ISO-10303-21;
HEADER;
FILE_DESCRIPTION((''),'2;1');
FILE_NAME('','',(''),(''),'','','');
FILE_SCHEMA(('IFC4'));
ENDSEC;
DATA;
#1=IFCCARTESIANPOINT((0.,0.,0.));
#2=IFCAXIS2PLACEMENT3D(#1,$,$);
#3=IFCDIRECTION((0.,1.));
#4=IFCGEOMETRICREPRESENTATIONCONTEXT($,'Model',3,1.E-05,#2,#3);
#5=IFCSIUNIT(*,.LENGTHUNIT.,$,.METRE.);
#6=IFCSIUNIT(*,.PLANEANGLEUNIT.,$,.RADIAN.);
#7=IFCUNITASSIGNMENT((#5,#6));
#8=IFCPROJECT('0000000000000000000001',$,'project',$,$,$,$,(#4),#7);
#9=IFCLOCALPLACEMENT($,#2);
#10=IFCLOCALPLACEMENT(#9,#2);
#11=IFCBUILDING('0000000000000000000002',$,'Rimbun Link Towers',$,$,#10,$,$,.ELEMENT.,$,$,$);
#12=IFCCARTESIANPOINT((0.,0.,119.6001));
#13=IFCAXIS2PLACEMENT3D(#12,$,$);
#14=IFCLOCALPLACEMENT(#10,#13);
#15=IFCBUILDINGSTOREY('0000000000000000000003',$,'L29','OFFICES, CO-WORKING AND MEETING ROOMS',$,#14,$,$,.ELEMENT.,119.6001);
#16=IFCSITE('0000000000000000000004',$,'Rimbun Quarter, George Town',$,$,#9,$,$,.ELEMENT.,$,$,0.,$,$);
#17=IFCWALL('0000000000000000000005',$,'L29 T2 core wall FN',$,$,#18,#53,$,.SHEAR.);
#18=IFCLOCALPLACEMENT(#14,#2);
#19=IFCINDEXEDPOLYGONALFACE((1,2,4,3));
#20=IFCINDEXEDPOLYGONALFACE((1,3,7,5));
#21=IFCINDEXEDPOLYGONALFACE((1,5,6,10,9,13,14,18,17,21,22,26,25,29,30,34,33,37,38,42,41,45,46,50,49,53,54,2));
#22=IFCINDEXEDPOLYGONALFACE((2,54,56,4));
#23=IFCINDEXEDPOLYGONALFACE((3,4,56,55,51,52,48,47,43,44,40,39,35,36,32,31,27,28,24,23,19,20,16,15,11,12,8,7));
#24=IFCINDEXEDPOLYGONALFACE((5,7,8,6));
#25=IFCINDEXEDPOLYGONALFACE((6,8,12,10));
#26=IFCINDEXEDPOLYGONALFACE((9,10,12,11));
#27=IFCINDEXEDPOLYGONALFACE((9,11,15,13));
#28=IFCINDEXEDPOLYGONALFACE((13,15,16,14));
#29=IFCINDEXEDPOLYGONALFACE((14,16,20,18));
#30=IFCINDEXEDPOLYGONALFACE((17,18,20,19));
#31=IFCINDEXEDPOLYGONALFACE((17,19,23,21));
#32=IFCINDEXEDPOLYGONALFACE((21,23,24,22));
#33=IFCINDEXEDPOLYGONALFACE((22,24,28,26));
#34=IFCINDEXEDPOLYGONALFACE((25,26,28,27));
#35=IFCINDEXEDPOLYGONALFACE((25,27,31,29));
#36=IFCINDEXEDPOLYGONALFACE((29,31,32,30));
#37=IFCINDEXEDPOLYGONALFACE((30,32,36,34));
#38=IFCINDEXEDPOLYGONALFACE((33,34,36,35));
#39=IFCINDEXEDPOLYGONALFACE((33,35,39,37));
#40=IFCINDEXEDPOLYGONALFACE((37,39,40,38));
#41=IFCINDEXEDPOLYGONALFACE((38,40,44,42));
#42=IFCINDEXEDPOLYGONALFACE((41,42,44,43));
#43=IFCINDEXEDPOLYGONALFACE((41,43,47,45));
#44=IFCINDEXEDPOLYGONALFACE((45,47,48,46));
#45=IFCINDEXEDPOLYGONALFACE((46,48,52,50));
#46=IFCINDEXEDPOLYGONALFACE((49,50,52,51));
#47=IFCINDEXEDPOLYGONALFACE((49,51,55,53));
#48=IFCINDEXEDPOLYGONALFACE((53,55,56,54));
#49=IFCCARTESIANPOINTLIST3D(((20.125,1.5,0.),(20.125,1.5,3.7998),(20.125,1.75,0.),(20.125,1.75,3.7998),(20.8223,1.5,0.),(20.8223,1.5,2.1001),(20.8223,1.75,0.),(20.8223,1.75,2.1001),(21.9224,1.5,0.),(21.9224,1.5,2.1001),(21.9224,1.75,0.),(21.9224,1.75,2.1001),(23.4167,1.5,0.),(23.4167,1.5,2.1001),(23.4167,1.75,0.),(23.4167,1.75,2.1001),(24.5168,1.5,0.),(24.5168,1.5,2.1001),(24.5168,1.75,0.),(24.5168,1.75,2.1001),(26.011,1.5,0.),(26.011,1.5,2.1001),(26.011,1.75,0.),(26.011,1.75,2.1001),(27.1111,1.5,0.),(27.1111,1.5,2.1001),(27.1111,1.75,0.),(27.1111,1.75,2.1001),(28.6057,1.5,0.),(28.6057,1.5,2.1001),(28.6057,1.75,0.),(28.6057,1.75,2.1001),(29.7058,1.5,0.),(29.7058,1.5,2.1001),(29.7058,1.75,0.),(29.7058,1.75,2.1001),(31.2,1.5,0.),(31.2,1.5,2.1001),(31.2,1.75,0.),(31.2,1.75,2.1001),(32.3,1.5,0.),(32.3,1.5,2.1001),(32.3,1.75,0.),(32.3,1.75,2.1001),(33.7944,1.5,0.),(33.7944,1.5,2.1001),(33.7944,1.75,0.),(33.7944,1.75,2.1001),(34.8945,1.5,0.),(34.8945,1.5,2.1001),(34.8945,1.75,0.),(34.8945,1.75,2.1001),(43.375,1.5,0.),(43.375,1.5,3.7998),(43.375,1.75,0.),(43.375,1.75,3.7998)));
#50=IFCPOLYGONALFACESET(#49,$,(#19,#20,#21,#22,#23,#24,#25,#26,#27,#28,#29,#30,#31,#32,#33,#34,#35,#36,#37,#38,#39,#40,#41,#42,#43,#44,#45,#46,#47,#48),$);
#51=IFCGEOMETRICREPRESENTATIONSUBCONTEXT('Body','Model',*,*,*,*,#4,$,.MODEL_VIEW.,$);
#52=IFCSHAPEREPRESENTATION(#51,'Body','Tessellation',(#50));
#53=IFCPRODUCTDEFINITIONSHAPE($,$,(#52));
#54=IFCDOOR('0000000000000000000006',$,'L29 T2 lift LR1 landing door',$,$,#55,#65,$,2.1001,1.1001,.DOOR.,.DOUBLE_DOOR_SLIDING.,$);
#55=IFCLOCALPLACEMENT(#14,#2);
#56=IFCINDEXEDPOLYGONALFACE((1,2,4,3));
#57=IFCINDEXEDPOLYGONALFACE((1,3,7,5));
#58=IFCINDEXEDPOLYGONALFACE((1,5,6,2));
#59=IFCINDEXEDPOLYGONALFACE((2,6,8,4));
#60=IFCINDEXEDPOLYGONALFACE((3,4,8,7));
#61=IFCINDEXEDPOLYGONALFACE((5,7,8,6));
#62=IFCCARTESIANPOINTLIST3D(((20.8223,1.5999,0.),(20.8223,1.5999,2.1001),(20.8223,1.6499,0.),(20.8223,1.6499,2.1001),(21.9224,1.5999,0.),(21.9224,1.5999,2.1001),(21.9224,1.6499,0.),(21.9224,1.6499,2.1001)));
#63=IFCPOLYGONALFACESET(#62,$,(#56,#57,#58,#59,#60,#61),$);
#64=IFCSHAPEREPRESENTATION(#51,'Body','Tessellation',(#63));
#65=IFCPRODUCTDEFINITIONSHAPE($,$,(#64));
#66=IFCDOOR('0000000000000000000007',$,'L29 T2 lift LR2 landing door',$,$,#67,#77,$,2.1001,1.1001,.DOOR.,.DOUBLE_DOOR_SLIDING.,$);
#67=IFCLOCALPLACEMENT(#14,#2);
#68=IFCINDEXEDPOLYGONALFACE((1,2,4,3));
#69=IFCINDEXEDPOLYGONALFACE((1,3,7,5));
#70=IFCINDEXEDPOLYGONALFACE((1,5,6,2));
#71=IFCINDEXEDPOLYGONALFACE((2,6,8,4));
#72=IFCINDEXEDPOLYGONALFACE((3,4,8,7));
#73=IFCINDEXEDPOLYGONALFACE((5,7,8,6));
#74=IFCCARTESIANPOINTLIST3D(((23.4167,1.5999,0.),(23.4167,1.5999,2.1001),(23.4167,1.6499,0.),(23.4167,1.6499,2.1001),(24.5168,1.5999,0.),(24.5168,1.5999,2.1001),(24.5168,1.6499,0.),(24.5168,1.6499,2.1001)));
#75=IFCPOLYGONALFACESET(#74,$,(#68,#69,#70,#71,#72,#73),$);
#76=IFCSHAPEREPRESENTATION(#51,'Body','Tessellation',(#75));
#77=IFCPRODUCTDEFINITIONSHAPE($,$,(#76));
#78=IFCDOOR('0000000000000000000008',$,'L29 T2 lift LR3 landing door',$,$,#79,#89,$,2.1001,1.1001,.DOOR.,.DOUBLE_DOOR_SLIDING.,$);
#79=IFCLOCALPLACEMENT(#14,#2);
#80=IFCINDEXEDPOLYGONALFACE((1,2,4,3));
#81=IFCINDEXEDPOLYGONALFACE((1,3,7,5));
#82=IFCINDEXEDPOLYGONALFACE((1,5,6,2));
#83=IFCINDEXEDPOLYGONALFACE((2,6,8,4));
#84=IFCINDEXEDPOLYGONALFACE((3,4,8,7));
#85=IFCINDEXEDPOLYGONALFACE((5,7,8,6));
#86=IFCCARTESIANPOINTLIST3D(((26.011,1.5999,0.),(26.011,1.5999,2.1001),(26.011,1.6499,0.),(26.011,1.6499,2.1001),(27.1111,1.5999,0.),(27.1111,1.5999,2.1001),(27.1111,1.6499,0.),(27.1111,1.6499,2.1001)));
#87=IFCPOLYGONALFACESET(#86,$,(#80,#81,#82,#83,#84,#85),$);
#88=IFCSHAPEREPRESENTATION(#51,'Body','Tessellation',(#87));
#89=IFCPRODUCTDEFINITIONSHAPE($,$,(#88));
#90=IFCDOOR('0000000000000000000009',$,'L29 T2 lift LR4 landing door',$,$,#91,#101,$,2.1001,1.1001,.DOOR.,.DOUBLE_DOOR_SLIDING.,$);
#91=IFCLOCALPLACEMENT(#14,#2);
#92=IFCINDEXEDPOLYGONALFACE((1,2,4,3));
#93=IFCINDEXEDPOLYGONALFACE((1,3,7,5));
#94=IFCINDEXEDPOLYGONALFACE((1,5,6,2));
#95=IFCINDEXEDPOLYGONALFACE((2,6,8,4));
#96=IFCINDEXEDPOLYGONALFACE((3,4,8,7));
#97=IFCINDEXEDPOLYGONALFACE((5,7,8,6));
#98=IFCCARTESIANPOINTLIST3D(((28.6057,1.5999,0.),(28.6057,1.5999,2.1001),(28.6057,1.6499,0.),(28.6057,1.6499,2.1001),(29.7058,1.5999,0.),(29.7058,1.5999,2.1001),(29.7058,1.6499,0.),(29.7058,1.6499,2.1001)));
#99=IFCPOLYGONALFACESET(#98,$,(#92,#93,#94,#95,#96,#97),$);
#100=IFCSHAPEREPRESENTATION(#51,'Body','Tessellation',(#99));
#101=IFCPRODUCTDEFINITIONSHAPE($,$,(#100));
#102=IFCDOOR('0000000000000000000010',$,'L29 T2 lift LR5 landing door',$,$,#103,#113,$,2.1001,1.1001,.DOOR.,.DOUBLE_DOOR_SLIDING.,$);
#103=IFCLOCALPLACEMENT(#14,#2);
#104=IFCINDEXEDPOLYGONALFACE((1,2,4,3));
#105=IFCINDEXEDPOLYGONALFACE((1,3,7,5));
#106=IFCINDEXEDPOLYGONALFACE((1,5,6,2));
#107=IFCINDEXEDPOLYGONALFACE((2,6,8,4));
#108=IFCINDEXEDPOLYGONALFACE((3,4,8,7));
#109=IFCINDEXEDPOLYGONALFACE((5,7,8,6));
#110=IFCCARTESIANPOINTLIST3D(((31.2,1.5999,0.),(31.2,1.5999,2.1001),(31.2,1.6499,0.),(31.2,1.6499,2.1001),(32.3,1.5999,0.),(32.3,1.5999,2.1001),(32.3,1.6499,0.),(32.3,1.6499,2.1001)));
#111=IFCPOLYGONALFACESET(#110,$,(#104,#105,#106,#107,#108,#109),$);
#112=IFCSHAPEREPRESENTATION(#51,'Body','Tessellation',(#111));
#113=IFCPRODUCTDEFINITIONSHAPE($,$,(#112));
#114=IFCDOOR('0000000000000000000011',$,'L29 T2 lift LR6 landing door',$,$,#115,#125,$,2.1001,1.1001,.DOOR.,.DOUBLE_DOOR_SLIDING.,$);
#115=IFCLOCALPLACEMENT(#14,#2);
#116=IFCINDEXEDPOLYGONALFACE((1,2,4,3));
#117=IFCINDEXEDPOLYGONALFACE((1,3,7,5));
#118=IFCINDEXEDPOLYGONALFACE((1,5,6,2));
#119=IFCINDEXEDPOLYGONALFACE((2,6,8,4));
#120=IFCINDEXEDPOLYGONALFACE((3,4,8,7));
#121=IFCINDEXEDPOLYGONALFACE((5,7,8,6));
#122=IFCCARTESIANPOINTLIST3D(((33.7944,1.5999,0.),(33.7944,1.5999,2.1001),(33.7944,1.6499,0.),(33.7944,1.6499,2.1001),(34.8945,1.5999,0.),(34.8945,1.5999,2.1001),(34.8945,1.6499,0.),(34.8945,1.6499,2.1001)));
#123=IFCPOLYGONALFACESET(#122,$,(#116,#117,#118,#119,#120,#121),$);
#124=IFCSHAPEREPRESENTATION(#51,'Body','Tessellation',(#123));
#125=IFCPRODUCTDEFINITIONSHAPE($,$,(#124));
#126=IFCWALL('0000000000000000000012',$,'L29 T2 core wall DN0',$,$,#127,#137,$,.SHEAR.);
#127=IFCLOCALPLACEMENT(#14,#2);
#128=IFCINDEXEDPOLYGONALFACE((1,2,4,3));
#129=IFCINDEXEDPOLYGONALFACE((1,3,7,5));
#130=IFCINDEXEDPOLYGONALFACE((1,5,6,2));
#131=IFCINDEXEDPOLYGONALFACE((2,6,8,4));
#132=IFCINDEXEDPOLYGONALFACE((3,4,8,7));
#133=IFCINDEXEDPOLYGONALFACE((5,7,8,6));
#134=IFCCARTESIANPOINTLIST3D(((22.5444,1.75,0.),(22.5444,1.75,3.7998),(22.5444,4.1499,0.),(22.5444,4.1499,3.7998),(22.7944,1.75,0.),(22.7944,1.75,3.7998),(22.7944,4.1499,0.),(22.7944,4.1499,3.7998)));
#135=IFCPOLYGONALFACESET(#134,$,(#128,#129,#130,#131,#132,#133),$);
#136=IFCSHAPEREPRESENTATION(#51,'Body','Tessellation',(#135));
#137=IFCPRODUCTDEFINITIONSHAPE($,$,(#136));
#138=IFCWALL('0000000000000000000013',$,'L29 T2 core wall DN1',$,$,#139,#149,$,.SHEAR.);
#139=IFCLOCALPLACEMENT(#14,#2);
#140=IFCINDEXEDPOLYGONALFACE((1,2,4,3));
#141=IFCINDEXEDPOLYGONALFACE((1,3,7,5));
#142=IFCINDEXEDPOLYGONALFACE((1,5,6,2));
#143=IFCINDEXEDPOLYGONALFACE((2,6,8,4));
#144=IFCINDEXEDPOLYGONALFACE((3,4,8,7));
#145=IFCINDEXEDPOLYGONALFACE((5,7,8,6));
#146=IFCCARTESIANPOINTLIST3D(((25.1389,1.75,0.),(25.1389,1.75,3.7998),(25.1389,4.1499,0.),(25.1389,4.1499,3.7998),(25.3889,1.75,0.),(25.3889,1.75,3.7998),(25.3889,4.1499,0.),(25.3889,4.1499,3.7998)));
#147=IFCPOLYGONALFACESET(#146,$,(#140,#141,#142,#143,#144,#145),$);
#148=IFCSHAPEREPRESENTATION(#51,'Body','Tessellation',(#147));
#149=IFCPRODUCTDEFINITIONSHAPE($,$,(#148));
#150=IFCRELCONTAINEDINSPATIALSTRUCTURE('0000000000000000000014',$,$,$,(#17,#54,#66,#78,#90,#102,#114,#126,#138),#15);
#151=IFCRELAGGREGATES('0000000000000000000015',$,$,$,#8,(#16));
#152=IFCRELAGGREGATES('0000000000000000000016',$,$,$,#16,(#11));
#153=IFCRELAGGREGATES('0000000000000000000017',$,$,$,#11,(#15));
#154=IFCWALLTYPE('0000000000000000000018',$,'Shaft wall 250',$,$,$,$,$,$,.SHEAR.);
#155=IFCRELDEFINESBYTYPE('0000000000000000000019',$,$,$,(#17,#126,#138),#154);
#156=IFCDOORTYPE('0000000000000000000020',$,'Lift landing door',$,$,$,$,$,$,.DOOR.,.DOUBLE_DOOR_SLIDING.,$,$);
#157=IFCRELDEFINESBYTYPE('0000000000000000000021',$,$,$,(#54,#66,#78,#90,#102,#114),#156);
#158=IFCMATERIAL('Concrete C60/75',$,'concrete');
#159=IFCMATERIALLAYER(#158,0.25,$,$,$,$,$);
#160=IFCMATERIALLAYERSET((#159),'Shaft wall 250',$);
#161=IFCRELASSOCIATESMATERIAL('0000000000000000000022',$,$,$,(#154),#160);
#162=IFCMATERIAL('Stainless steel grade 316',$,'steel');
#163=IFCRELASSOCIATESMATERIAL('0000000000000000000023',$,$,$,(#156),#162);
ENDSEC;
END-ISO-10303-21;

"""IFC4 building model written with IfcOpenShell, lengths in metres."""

from ifc_helpers import new_model, si_unit, direction, frame, frame_2d, origin, place, context, subcontext, project, spatial, rectangle, extrude, material, layer, layer_set, type_object, element, fill, save


model = new_model("IFC4")

# Units and contexts
model_context = context("Model", 3, precision=1e-05, world=origin(), true_north=direction((0.0, 1.0)))
body_context = subcontext(model_context, "Body", "Model", "MODEL_VIEW")
ifc_project = project(units=[si_unit("LENGTHUNIT", "METRE"), si_unit("PLANEANGLEUNIT", "RADIAN")], contexts=[model_context])

# Site, building, storey
site_placement = place(None, origin())
site = spatial("IfcSite", under=ifc_project, at=site_placement, Name="Rimbun Quarter, George Town", CompositionType="ELEMENT", RefElevation=0.0)
building_placement = place(site_placement, origin())
building = spatial("IfcBuilding", under=site, at=building_placement, Name="Rimbun Link Towers", CompositionType="ELEMENT")
storey_placement = place(building_placement, frame((0.0, 0.0, 119.6001)))
storey = spatial("IfcBuildingStorey", under=building, at=storey_placement, Name="L29", Description="OFFICES, CO-WORKING AND MEETING ROOMS", CompositionType="ELEMENT", Elevation=119.6001)

# Shared definitions
ifc_material_1 = material(Name="Concrete C60/75", Category="concrete")
ifc_layer_1 = layer(ifc_material_1, 0.25)
ifc_layer_set_1 = layer_set([ifc_layer_1], Name="Shaft wall 250")
wall_type_1 = type_object("IfcWallType", Name="Shaft wall 250", PredefinedType="SHEAR", material=ifc_layer_set_1)

# Wall, openings, doors
wall_1_placement = place(storey_placement, frame((20.125, 1.625, 0.0), z_axis=(0.0, 0.0, 1.0), x_axis=(1.0, 0.0, 0.0)))
wall_1 = element("IfcWall", 1, at=wall_1_placement, inside=storey, type_object=wall_type_1, Name="L29 T2 core wall FN", PredefinedType="SHEAR", context=body_context, shape_type="SweptSolid", body=[
    extrude(rectangle(XDim=23.25, YDim=0.25, at=frame_2d((11.625, 0.0))), origin(), (0.0, 0.0, 1.0), 3.7998),
])
opening_1_placement = place(wall_1_placement, frame((0.6973, 0.0, 0.0)))
opening_1 = element("IfcOpeningElement", 2, at=opening_1_placement, cuts=wall_1, PredefinedType="OPENING", context=body_context, shape_type="SweptSolid", body=[
    extrude(rectangle(XDim=1.1001, YDim=2.1001, at=frame_2d((0.55, 1.05))), frame((0.0, 0.135, 0.0), z_axis=(0.0, -1.0, 0.0), x_axis=(1.0, 0.0, 0.0)), (0.0, 0.0, 1.0), 0.27),
])
opening_2_placement = place(wall_1_placement, frame((3.2917, 0.0, 0.0)))
opening_2 = element("IfcOpeningElement", 3, at=opening_2_placement, cuts=wall_1, PredefinedType="OPENING", context=body_context, shape_type="SweptSolid", body=[
    extrude(rectangle(XDim=1.1001, YDim=2.1001, at=frame_2d((0.55, 1.05))), frame((0.0, 0.135, 0.0), z_axis=(0.0, -1.0, 0.0), x_axis=(1.0, 0.0, 0.0)), (0.0, 0.0, 1.0), 0.27),
])
opening_3_placement = place(wall_1_placement, frame((5.886, 0.0, 0.0)))
opening_3 = element("IfcOpeningElement", 4, at=opening_3_placement, cuts=wall_1, PredefinedType="OPENING", context=body_context, shape_type="SweptSolid", body=[
    extrude(rectangle(XDim=1.1001, YDim=2.1001, at=frame_2d((0.55, 1.05))), frame((0.0, 0.135, 0.0), z_axis=(0.0, -1.0, 0.0), x_axis=(1.0, 0.0, 0.0)), (0.0, 0.0, 1.0), 0.27),
])
opening_4_placement = place(wall_1_placement, frame((8.4807, 0.0, 0.0)))
opening_4 = element("IfcOpeningElement", 5, at=opening_4_placement, cuts=wall_1, PredefinedType="OPENING", context=body_context, shape_type="SweptSolid", body=[
    extrude(rectangle(XDim=1.1001, YDim=2.1001, at=frame_2d((0.55, 1.05))), frame((0.0, 0.135, 0.0), z_axis=(0.0, -1.0, 0.0), x_axis=(1.0, 0.0, 0.0)), (0.0, 0.0, 1.0), 0.27),
])
opening_5_placement = place(wall_1_placement, frame((11.075, 0.0, 0.0)))
opening_5 = element("IfcOpeningElement", 6, at=opening_5_placement, cuts=wall_1, PredefinedType="OPENING", context=body_context, shape_type="SweptSolid", body=[
    extrude(rectangle(XDim=1.1001, YDim=2.1001, at=frame_2d((0.55, 1.05))), frame((0.0, 0.135, 0.0), z_axis=(0.0, -1.0, 0.0), x_axis=(1.0, 0.0, 0.0)), (0.0, 0.0, 1.0), 0.27),
])
opening_6_placement = place(wall_1_placement, frame((13.6694, 0.0, 0.0)))
opening_6 = element("IfcOpeningElement", 7, at=opening_6_placement, cuts=wall_1, PredefinedType="OPENING", context=body_context, shape_type="SweptSolid", body=[
    extrude(rectangle(XDim=1.1001, YDim=2.1001, at=frame_2d((0.55, 1.05))), frame((0.0, 0.135, 0.0), z_axis=(0.0, -1.0, 0.0), x_axis=(1.0, 0.0, 0.0)), (0.0, 0.0, 1.0), 0.27),
])
ifc_material_2 = material(Name="Stainless steel grade 316", Category="steel")
door_type_1 = type_object("IfcDoorType", Name="Lift landing door", OperationType="DOUBLE_DOOR_SLIDING", PredefinedType="DOOR", material=ifc_material_2)
door_1_placement = place(opening_1_placement, origin())
door_1 = element("IfcDoor", 8, at=door_1_placement, inside=storey, type_object=door_type_1, Name="L29 T2 lift LR1 landing door", OperationType="DOUBLE_DOOR_SLIDING", OverallHeight=2.1001, OverallWidth=1.1001, PredefinedType="DOOR", context=body_context, shape_type="SweptSolid", body=[
    extrude(rectangle(XDim=1.1001, YDim=2.1001, at=frame_2d((0.55, 1.05))), frame((0.0, 0.0249, 0.0), z_axis=(0.0, -1.0, 0.0), x_axis=(1.0, 0.0, 0.0)), (0.0, 0.0, 1.0), 0.05),
])
fill(opening_1, door_1)
door_2_placement = place(opening_2_placement, origin())
door_2 = element("IfcDoor", 9, at=door_2_placement, inside=storey, type_object=door_type_1, Name="L29 T2 lift LR2 landing door", OperationType="DOUBLE_DOOR_SLIDING", OverallHeight=2.1001, OverallWidth=1.1001, PredefinedType="DOOR", context=body_context, shape_type="SweptSolid", body=[
    extrude(rectangle(XDim=1.1001, YDim=2.1001, at=frame_2d((0.55, 1.05))), frame((0.0, 0.0249, 0.0), z_axis=(0.0, -1.0, 0.0), x_axis=(1.0, 0.0, 0.0)), (0.0, 0.0, 1.0), 0.05),
])
fill(opening_2, door_2)
door_3_placement = place(opening_3_placement, origin())
door_3 = element("IfcDoor", 10, at=door_3_placement, inside=storey, type_object=door_type_1, Name="L29 T2 lift LR3 landing door", OperationType="DOUBLE_DOOR_SLIDING", OverallHeight=2.1001, OverallWidth=1.1001, PredefinedType="DOOR", context=body_context, shape_type="SweptSolid", body=[
    extrude(rectangle(XDim=1.1001, YDim=2.1001, at=frame_2d((0.55, 1.05))), frame((0.0, 0.0249, 0.0), z_axis=(0.0, -1.0, 0.0), x_axis=(1.0, 0.0, 0.0)), (0.0, 0.0, 1.0), 0.05),
])
fill(opening_3, door_3)
door_4_placement = place(opening_4_placement, origin())
door_4 = element("IfcDoor", 11, at=door_4_placement, inside=storey, type_object=door_type_1, Name="L29 T2 lift LR4 landing door", OperationType="DOUBLE_DOOR_SLIDING", OverallHeight=2.1001, OverallWidth=1.1001, PredefinedType="DOOR", context=body_context, shape_type="SweptSolid", body=[
    extrude(rectangle(XDim=1.1001, YDim=2.1001, at=frame_2d((0.55, 1.05))), frame((0.0, 0.0249, 0.0), z_axis=(0.0, -1.0, 0.0), x_axis=(1.0, 0.0, 0.0)), (0.0, 0.0, 1.0), 0.05),
])
fill(opening_4, door_4)
door_5_placement = place(opening_5_placement, origin())
door_5 = element("IfcDoor", 12, at=door_5_placement, inside=storey, type_object=door_type_1, Name="L29 T2 lift LR5 landing door", OperationType="DOUBLE_DOOR_SLIDING", OverallHeight=2.1001, OverallWidth=1.1001, PredefinedType="DOOR", context=body_context, shape_type="SweptSolid", body=[
    extrude(rectangle(XDim=1.1001, YDim=2.1001, at=frame_2d((0.55, 1.05))), frame((0.0, 0.0249, 0.0), z_axis=(0.0, -1.0, 0.0), x_axis=(1.0, 0.0, 0.0)), (0.0, 0.0, 1.0), 0.05),
])
fill(opening_5, door_5)
door_6_placement = place(opening_6_placement, origin())
door_6 = element("IfcDoor", 13, at=door_6_placement, inside=storey, type_object=door_type_1, Name="L29 T2 lift LR6 landing door", OperationType="DOUBLE_DOOR_SLIDING", OverallHeight=2.1001, OverallWidth=1.1001, PredefinedType="DOOR", context=body_context, shape_type="SweptSolid", body=[
    extrude(rectangle(XDim=1.1001, YDim=2.1001, at=frame_2d((0.55, 1.05))), frame((0.0, 0.0249, 0.0), z_axis=(0.0, -1.0, 0.0), x_axis=(1.0, 0.0, 0.0)), (0.0, 0.0, 1.0), 0.05),
])
fill(opening_6, door_6)

# Walls
for number, where, z_axis, x_axis, name in (
    (14, (22.6694, 1.75, 0.0), (0.0, 0.0, 1.0), (0.0, 1.0, 0.0), "L29 T2 core wall DN0"),
    (15, (25.2639, 1.75, 0.0), (0.0, 0.0, 1.0), (0.0, 1.0, 0.0), "L29 T2 core wall DN1"),
):
    element("IfcWall", number, at=place(storey_placement, frame(where, z_axis=z_axis, x_axis=x_axis)), inside=storey, type_object=wall_type_1, Name=name, PredefinedType="SHEAR", context=body_context, shape_type="SweptSolid", body=[
        extrude(rectangle(XDim=2.3999, YDim=0.25, at=frame_2d((1.2, 0.0))), origin(), (0.0, 0.0, 1.0), 3.7998),
    ])

save(model, "model.ifc")
